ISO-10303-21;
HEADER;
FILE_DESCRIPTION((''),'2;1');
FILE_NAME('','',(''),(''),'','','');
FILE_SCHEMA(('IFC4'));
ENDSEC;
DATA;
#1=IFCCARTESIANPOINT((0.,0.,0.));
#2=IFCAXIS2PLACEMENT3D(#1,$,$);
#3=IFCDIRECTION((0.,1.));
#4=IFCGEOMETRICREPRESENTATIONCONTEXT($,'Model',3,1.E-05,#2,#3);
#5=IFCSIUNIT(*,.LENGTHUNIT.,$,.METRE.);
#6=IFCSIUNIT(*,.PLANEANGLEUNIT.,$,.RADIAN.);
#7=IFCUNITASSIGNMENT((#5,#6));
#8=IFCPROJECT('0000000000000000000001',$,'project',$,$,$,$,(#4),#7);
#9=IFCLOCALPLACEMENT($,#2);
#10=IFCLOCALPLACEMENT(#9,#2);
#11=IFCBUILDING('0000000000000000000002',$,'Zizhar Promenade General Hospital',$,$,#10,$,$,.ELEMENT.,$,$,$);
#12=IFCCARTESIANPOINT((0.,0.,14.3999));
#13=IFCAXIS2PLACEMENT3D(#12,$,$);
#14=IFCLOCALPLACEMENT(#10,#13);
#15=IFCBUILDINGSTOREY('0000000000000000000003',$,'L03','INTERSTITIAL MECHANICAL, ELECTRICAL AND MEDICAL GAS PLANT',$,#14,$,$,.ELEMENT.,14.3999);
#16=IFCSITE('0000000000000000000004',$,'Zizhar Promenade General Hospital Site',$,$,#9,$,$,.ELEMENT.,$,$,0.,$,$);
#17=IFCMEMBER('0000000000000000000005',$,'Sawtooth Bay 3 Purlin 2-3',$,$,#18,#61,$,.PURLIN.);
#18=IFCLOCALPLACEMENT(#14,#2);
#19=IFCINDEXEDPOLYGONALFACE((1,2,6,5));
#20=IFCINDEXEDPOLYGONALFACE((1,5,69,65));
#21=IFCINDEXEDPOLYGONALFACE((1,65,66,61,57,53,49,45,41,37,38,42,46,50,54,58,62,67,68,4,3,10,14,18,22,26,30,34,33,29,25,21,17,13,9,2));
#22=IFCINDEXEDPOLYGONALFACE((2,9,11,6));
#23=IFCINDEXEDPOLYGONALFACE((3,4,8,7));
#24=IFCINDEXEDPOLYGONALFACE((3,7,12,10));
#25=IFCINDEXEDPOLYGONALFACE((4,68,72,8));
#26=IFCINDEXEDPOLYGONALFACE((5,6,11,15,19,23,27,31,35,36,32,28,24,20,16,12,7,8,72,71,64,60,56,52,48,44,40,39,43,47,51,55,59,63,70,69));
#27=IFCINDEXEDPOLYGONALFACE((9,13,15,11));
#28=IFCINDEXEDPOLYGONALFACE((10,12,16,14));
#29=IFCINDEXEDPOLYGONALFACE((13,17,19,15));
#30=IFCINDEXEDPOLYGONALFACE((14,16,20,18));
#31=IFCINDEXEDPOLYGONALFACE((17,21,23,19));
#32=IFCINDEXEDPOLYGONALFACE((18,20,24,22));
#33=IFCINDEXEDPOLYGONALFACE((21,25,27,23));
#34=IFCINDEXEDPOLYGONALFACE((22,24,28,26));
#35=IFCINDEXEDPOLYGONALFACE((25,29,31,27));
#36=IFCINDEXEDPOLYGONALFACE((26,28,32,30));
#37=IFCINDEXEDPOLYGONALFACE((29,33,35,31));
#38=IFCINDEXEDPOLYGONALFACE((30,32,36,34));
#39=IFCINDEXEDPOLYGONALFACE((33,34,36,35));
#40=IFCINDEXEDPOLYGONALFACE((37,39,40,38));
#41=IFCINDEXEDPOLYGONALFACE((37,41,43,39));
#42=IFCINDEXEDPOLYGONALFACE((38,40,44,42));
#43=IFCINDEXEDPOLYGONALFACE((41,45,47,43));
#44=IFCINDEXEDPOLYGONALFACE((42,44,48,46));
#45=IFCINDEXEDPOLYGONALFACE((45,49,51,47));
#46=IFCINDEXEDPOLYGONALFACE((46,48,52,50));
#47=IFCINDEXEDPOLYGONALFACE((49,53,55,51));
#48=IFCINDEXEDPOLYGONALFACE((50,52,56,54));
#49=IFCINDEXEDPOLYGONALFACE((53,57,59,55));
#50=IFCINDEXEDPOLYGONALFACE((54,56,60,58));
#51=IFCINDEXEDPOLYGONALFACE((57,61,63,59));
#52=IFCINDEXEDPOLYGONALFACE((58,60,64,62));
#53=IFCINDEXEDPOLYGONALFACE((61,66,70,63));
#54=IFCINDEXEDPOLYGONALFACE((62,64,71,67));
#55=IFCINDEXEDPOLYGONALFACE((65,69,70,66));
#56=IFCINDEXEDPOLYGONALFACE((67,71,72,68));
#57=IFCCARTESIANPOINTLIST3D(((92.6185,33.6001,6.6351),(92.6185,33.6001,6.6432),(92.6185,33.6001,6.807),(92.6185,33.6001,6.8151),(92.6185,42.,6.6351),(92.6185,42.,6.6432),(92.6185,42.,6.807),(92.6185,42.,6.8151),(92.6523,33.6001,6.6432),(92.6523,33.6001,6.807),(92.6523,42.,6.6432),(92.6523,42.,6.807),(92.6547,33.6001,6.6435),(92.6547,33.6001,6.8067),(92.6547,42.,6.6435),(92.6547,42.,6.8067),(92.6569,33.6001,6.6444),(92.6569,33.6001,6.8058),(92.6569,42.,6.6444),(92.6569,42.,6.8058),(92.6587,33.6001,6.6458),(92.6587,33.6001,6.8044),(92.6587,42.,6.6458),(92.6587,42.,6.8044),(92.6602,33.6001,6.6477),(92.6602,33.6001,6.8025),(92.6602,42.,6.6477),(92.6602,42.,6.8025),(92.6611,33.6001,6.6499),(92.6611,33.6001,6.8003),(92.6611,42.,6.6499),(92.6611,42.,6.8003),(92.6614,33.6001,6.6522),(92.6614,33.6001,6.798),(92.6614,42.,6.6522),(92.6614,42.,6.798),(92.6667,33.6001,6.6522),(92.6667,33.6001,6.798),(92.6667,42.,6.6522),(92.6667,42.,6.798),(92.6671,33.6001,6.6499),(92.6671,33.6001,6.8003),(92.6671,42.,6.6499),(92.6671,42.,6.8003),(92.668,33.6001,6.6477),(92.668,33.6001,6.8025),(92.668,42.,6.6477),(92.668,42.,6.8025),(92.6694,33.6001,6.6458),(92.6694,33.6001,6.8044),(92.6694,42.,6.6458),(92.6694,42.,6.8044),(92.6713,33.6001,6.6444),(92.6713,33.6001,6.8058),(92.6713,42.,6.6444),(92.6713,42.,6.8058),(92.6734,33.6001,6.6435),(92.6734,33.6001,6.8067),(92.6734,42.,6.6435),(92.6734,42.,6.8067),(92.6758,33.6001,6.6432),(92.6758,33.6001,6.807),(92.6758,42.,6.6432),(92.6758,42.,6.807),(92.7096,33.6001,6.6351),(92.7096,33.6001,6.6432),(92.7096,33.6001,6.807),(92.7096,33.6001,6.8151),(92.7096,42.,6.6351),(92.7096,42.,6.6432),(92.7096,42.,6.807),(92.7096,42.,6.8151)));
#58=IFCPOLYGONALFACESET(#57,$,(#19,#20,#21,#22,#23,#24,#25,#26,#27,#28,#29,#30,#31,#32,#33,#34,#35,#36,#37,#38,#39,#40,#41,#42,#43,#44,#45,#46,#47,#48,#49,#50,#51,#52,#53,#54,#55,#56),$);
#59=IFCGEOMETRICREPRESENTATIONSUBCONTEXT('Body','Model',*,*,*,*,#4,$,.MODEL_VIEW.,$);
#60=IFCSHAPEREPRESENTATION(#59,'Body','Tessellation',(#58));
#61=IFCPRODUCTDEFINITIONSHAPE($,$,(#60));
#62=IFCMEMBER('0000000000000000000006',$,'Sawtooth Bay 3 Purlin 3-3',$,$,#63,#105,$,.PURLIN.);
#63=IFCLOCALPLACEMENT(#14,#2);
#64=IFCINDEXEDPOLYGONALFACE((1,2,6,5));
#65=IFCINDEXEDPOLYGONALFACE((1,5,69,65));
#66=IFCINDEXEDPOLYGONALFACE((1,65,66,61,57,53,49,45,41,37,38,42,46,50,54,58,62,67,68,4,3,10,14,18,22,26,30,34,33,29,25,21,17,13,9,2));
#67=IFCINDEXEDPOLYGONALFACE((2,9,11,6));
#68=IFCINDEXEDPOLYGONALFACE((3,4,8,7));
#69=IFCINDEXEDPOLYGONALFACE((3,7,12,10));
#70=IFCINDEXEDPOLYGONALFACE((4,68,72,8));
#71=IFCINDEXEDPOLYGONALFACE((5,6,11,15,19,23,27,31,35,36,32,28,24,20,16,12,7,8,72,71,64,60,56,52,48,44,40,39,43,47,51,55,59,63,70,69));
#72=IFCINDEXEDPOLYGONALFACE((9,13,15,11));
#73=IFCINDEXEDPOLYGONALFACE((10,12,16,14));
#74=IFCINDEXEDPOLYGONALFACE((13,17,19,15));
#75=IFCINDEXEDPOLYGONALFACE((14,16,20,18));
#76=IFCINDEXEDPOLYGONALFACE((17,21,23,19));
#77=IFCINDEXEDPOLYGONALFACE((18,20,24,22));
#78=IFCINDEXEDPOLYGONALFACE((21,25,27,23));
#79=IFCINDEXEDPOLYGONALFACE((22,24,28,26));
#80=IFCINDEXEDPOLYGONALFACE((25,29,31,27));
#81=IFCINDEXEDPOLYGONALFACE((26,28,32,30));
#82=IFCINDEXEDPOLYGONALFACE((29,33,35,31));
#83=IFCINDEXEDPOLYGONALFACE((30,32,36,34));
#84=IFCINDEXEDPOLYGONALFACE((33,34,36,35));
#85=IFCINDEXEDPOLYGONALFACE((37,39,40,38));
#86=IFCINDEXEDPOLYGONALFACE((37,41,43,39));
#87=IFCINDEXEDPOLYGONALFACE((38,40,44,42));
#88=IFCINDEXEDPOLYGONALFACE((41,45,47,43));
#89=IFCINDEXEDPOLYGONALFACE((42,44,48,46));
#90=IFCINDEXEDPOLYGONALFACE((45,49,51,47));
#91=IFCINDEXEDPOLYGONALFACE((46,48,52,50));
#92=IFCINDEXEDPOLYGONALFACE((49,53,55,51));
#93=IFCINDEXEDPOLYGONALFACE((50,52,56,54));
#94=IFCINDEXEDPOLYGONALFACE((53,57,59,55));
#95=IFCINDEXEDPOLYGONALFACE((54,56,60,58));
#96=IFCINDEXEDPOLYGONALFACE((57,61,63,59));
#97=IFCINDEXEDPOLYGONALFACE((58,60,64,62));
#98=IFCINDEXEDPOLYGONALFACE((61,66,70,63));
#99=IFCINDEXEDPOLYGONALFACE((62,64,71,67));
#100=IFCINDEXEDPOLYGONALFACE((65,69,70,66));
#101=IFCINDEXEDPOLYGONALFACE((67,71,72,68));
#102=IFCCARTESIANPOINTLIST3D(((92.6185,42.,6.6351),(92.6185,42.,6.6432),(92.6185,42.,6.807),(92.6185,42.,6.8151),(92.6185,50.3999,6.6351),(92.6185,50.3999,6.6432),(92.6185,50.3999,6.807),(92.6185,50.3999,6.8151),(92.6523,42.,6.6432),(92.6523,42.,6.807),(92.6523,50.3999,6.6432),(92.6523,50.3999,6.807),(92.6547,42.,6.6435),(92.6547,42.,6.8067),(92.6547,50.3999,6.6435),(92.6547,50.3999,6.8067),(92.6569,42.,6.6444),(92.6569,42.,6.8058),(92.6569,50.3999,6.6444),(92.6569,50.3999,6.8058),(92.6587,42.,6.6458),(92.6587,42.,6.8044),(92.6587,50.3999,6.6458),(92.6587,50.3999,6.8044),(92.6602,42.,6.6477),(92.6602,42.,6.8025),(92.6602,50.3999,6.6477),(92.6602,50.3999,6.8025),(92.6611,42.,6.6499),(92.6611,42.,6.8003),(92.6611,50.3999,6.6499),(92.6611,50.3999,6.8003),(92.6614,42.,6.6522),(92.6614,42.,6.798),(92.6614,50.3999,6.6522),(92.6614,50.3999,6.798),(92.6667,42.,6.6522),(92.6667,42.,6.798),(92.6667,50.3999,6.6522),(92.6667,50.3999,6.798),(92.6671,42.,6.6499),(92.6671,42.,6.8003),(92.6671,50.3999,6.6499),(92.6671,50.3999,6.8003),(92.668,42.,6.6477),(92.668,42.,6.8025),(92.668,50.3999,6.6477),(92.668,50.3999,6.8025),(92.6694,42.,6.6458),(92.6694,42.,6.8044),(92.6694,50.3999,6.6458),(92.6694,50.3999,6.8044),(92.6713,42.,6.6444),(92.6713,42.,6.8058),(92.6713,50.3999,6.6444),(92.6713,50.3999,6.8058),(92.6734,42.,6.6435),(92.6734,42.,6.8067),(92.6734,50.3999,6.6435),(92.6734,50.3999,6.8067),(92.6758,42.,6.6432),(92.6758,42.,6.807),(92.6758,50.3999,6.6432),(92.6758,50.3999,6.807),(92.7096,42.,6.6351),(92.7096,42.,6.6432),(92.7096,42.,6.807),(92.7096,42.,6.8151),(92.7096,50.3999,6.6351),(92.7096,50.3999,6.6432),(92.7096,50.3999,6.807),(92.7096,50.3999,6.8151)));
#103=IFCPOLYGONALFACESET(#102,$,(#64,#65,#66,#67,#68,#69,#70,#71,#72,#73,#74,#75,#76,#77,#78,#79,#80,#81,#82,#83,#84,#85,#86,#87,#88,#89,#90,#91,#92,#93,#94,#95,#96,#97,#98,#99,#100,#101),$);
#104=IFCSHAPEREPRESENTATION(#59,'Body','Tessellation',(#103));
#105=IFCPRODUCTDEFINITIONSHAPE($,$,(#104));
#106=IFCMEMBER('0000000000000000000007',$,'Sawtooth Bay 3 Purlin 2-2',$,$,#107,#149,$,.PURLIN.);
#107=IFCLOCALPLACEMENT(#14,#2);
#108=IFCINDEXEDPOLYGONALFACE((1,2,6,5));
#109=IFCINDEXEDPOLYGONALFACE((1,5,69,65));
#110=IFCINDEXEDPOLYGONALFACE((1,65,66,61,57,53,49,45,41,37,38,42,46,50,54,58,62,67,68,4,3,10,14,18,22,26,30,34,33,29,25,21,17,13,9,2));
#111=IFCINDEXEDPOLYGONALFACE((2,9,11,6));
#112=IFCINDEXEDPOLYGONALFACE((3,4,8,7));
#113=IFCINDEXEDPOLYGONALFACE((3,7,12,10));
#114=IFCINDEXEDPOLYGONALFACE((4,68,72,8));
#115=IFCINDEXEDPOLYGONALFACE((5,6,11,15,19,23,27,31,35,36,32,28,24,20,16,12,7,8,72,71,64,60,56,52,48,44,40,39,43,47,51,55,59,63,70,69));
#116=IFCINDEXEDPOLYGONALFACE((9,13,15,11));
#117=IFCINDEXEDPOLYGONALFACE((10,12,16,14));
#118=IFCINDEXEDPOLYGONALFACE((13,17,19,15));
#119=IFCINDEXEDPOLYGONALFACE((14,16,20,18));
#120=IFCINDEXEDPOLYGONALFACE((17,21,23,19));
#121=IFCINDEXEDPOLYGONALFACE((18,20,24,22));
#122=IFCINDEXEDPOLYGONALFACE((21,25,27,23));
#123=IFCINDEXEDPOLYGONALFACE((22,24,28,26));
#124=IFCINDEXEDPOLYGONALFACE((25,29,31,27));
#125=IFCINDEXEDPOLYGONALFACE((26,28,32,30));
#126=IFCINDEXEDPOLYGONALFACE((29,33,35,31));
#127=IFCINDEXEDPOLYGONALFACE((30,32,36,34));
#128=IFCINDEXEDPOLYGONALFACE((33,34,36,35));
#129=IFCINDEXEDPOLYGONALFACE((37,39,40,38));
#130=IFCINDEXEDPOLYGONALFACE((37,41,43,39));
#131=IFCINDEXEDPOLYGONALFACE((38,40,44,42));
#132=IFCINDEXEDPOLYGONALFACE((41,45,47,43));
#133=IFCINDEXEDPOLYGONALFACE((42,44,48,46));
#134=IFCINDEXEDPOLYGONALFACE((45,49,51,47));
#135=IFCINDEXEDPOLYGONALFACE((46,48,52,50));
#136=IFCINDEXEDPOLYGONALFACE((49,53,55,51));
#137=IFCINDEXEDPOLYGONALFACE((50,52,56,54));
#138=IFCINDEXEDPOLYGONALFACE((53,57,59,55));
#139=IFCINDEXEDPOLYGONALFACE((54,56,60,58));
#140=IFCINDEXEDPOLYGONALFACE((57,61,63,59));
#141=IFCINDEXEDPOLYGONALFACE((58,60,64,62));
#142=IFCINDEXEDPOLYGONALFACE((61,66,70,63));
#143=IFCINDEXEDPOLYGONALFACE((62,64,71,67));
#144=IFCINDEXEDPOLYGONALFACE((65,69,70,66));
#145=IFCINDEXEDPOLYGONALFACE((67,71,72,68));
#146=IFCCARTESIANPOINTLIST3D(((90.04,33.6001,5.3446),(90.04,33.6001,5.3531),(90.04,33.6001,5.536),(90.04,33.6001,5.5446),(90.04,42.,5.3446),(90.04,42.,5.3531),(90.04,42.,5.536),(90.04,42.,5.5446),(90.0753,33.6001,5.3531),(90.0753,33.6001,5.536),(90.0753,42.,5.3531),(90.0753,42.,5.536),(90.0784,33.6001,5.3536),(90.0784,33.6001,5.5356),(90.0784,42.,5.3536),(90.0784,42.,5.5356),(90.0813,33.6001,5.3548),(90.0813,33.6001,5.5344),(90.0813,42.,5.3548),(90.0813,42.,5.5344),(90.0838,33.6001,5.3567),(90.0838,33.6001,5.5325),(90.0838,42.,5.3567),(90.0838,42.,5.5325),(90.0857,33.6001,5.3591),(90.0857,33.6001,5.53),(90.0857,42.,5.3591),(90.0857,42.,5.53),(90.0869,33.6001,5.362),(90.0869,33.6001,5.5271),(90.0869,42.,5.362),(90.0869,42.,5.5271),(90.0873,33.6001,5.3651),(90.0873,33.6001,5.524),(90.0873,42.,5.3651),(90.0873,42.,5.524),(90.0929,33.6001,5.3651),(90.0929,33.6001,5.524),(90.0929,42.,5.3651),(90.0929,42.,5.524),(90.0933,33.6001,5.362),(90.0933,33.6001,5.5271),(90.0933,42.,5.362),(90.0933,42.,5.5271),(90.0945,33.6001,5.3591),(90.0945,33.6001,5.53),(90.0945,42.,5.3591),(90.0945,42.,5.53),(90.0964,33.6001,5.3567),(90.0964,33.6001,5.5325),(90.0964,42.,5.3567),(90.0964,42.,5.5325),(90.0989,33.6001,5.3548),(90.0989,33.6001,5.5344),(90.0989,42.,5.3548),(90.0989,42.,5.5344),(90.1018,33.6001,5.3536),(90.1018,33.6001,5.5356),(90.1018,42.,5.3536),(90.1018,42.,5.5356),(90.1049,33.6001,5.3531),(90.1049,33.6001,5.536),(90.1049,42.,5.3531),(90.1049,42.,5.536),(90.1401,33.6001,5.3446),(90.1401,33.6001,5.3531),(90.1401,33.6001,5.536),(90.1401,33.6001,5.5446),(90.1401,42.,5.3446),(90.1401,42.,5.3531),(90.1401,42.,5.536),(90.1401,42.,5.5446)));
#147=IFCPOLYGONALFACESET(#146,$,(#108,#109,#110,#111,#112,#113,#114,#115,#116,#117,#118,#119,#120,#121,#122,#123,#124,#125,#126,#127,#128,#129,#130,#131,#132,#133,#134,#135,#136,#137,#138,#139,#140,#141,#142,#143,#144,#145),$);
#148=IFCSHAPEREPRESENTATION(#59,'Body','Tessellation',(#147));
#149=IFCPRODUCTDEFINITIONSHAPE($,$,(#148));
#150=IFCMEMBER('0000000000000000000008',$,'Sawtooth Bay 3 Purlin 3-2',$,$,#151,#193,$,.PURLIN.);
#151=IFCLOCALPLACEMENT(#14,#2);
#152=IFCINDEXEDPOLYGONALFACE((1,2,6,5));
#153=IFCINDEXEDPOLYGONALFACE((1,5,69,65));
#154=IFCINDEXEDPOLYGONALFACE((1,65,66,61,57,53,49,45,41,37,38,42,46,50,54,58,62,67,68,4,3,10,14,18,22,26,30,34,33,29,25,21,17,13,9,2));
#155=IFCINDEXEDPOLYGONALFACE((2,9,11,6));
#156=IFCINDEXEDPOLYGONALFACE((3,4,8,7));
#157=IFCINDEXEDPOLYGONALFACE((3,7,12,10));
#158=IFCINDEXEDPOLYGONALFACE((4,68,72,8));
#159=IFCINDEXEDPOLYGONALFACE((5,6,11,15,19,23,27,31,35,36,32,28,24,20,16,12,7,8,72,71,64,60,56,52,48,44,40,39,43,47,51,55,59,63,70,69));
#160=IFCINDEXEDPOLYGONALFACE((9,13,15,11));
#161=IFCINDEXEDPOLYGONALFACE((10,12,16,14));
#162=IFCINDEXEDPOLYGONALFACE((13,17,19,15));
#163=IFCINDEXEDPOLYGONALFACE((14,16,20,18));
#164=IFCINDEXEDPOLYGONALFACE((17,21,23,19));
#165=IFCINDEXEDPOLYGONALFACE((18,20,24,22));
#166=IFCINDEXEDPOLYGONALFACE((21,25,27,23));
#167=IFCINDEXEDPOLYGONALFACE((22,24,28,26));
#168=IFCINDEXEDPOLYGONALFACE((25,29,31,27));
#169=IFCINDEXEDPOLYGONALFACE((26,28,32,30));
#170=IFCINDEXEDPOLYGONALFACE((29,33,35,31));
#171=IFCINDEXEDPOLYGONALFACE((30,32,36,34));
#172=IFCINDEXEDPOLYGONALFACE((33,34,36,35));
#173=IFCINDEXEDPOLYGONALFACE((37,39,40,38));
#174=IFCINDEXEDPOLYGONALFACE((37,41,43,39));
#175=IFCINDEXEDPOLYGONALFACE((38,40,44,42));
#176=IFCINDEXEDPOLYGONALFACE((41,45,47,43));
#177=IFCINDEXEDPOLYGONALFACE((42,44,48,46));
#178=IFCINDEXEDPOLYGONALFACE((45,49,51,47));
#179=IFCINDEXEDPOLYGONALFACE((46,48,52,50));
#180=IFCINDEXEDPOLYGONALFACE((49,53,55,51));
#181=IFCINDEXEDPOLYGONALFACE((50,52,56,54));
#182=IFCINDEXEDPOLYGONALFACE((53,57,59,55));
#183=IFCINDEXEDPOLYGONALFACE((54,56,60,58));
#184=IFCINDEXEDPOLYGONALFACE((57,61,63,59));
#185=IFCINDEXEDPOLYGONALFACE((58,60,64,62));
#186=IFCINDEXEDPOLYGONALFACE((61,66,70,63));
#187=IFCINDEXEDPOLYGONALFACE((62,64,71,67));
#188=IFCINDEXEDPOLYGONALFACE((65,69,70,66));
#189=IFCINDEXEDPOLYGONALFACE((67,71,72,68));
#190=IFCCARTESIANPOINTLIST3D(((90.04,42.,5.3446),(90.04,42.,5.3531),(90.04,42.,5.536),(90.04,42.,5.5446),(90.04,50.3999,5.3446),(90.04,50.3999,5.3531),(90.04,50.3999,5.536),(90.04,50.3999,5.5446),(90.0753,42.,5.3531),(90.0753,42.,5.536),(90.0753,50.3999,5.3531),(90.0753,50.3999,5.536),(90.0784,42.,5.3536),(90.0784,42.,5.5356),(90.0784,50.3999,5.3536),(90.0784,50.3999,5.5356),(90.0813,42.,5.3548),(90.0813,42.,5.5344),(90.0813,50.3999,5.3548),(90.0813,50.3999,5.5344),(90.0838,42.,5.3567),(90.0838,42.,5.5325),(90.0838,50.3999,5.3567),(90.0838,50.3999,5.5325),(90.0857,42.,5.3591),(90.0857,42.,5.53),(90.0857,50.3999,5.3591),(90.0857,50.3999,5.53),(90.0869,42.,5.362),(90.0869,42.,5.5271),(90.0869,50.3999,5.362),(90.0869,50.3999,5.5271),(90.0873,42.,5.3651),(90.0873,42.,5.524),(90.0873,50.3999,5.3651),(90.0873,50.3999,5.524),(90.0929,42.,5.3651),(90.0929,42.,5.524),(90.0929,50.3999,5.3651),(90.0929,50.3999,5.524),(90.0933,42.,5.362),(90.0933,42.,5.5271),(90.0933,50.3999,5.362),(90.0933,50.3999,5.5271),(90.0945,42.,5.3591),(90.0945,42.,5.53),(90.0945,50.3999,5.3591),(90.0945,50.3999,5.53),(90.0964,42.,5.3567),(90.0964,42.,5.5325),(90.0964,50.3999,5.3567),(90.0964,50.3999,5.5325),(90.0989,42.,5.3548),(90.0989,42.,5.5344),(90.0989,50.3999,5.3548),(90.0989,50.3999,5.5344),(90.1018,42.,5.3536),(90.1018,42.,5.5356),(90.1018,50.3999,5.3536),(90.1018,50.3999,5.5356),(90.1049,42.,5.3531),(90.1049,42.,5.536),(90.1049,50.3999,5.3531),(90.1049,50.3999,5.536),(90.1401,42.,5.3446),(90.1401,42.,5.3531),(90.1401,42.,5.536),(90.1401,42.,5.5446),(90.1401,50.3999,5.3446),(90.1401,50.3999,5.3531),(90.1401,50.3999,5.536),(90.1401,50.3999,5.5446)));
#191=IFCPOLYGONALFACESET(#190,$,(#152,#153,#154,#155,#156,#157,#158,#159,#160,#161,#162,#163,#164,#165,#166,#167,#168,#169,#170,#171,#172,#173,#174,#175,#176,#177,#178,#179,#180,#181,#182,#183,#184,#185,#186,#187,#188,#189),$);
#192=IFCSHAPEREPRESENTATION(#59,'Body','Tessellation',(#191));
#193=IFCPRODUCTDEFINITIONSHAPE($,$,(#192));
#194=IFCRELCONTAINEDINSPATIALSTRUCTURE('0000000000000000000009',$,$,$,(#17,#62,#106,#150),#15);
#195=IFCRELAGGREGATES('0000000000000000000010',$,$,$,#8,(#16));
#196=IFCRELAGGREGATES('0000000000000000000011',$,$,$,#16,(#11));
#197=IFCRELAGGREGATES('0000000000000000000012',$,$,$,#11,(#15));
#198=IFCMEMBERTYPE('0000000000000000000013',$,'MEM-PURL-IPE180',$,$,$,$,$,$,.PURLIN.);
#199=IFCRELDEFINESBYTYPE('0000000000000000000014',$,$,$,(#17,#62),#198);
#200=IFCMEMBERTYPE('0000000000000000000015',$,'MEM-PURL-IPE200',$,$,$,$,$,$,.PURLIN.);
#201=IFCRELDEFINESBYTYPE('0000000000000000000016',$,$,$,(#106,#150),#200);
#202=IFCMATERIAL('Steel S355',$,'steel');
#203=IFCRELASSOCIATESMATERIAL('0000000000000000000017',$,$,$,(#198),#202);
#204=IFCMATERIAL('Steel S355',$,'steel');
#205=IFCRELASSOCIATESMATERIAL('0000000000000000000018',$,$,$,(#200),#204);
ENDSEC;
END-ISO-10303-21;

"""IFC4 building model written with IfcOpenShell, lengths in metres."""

from ifc_helpers import new_model, si_unit, direction, frame, origin, origin_2d, place, context, subcontext, project, spatial, i_section, extrude, material, material_profile, profile_set, type_object, element, save


model = new_model("IFC4")

# Units and contexts
model_context = context("Model", 3, precision=1e-05, world=origin(), true_north=direction((0.0, 1.0)))
body_context = subcontext(model_context, "Body", "Model", "MODEL_VIEW")
ifc_project = project(units=[si_unit("LENGTHUNIT", "METRE"), si_unit("PLANEANGLEUNIT", "RADIAN")], contexts=[model_context])

# Site, building, storey
site_placement = place(None, origin())
site = spatial("IfcSite", under=ifc_project, at=site_placement, Name="Zizhar Promenade General Hospital Site", CompositionType="ELEMENT", RefElevation=0.0)
building_placement = place(site_placement, origin())
building = spatial("IfcBuilding", under=site, at=building_placement, Name="Zizhar Promenade General Hospital", CompositionType="ELEMENT")
storey_placement = place(building_placement, frame((0.0, 0.0, 14.3999)))
storey = spatial("IfcBuildingStorey", under=building, at=storey_placement, Name="L03", Description="INTERSTITIAL MECHANICAL, ELECTRICAL AND MEDICAL GAS PLANT", CompositionType="ELEMENT", Elevation=14.3999)

# Members
ifc_material_1 = material(Name="Steel S355", Category="steel")
ifc_material_profile_1 = material_profile(ifc_material_1, i_section(OverallWidth=0.0911, OverallDepth=0.1799, WebThickness=0.0054, FlangeThickness=0.0081, FilletRadius=0.009, at=origin_2d()))
ifc_profile_set_1 = profile_set([ifc_material_profile_1], Name="Steel S355")
member_type_1 = type_object("IfcMemberType", Name="MEM-PURL-IPE180", PredefinedType="PURLIN", material=ifc_profile_set_1)
for number, where, z_axis, x_axis, name in (
    (1, (92.6641, 33.6001, 6.7251), (0.0, 1.0, 0.0), (-1.0, 0.0, 0.0), "Sawtooth Bay 3 Purlin 2-3"),
    (2, (92.6641, 42.0, 6.7251), (0.0, 1.0, 0.0), (-1.0, 0.0, 0.0), "Sawtooth Bay 3 Purlin 3-3"),
):
    element("IfcMember", number, at=place(storey_placement, frame(where, z_axis=z_axis, x_axis=x_axis)), inside=storey, type_object=member_type_1, Name=name, PredefinedType="PURLIN", context=body_context, shape_type="SweptSolid", body=[
        extrude(i_section(OverallWidth=0.0911, OverallDepth=0.1799, WebThickness=0.0054, FlangeThickness=0.0081, FilletRadius=0.009, at=origin_2d()), origin(), (0.0, 0.0, 1.0), 8.3999),
    ])
ifc_material_2 = material(Name="Steel S355", Category="steel")
ifc_material_profile_2 = material_profile(ifc_material_2, i_section(OverallWidth=0.1001, OverallDepth=0.2, WebThickness=0.0056, FlangeThickness=0.0085, FilletRadius=0.012, at=origin_2d()))
ifc_profile_set_2 = profile_set([ifc_material_profile_2], Name="Steel S355")
member_type_2 = type_object("IfcMemberType", Name="MEM-PURL-IPE200", PredefinedType="PURLIN", material=ifc_profile_set_2)
for number, where, z_axis, x_axis, name in (
    (3, (90.0901, 33.6001, 5.4446), (0.0, 1.0, 0.0), (-1.0, 0.0, 0.0), "Sawtooth Bay 3 Purlin 2-2"),
    (4, (90.0901, 42.0, 5.4446), (0.0, 1.0, 0.0), (-1.0, 0.0, 0.0), "Sawtooth Bay 3 Purlin 3-2"),
):
    element("IfcMember", number, at=place(storey_placement, frame(where, z_axis=z_axis, x_axis=x_axis)), inside=storey, type_object=member_type_2, Name=name, PredefinedType="PURLIN", context=body_context, shape_type="SweptSolid", body=[
        extrude(i_section(OverallWidth=0.1001, OverallDepth=0.2, WebThickness=0.0056, FlangeThickness=0.0085, FilletRadius=0.012, at=origin_2d()), origin(), (0.0, 0.0, 1.0), 8.3999),
    ])

save(model, "model.ifc")
